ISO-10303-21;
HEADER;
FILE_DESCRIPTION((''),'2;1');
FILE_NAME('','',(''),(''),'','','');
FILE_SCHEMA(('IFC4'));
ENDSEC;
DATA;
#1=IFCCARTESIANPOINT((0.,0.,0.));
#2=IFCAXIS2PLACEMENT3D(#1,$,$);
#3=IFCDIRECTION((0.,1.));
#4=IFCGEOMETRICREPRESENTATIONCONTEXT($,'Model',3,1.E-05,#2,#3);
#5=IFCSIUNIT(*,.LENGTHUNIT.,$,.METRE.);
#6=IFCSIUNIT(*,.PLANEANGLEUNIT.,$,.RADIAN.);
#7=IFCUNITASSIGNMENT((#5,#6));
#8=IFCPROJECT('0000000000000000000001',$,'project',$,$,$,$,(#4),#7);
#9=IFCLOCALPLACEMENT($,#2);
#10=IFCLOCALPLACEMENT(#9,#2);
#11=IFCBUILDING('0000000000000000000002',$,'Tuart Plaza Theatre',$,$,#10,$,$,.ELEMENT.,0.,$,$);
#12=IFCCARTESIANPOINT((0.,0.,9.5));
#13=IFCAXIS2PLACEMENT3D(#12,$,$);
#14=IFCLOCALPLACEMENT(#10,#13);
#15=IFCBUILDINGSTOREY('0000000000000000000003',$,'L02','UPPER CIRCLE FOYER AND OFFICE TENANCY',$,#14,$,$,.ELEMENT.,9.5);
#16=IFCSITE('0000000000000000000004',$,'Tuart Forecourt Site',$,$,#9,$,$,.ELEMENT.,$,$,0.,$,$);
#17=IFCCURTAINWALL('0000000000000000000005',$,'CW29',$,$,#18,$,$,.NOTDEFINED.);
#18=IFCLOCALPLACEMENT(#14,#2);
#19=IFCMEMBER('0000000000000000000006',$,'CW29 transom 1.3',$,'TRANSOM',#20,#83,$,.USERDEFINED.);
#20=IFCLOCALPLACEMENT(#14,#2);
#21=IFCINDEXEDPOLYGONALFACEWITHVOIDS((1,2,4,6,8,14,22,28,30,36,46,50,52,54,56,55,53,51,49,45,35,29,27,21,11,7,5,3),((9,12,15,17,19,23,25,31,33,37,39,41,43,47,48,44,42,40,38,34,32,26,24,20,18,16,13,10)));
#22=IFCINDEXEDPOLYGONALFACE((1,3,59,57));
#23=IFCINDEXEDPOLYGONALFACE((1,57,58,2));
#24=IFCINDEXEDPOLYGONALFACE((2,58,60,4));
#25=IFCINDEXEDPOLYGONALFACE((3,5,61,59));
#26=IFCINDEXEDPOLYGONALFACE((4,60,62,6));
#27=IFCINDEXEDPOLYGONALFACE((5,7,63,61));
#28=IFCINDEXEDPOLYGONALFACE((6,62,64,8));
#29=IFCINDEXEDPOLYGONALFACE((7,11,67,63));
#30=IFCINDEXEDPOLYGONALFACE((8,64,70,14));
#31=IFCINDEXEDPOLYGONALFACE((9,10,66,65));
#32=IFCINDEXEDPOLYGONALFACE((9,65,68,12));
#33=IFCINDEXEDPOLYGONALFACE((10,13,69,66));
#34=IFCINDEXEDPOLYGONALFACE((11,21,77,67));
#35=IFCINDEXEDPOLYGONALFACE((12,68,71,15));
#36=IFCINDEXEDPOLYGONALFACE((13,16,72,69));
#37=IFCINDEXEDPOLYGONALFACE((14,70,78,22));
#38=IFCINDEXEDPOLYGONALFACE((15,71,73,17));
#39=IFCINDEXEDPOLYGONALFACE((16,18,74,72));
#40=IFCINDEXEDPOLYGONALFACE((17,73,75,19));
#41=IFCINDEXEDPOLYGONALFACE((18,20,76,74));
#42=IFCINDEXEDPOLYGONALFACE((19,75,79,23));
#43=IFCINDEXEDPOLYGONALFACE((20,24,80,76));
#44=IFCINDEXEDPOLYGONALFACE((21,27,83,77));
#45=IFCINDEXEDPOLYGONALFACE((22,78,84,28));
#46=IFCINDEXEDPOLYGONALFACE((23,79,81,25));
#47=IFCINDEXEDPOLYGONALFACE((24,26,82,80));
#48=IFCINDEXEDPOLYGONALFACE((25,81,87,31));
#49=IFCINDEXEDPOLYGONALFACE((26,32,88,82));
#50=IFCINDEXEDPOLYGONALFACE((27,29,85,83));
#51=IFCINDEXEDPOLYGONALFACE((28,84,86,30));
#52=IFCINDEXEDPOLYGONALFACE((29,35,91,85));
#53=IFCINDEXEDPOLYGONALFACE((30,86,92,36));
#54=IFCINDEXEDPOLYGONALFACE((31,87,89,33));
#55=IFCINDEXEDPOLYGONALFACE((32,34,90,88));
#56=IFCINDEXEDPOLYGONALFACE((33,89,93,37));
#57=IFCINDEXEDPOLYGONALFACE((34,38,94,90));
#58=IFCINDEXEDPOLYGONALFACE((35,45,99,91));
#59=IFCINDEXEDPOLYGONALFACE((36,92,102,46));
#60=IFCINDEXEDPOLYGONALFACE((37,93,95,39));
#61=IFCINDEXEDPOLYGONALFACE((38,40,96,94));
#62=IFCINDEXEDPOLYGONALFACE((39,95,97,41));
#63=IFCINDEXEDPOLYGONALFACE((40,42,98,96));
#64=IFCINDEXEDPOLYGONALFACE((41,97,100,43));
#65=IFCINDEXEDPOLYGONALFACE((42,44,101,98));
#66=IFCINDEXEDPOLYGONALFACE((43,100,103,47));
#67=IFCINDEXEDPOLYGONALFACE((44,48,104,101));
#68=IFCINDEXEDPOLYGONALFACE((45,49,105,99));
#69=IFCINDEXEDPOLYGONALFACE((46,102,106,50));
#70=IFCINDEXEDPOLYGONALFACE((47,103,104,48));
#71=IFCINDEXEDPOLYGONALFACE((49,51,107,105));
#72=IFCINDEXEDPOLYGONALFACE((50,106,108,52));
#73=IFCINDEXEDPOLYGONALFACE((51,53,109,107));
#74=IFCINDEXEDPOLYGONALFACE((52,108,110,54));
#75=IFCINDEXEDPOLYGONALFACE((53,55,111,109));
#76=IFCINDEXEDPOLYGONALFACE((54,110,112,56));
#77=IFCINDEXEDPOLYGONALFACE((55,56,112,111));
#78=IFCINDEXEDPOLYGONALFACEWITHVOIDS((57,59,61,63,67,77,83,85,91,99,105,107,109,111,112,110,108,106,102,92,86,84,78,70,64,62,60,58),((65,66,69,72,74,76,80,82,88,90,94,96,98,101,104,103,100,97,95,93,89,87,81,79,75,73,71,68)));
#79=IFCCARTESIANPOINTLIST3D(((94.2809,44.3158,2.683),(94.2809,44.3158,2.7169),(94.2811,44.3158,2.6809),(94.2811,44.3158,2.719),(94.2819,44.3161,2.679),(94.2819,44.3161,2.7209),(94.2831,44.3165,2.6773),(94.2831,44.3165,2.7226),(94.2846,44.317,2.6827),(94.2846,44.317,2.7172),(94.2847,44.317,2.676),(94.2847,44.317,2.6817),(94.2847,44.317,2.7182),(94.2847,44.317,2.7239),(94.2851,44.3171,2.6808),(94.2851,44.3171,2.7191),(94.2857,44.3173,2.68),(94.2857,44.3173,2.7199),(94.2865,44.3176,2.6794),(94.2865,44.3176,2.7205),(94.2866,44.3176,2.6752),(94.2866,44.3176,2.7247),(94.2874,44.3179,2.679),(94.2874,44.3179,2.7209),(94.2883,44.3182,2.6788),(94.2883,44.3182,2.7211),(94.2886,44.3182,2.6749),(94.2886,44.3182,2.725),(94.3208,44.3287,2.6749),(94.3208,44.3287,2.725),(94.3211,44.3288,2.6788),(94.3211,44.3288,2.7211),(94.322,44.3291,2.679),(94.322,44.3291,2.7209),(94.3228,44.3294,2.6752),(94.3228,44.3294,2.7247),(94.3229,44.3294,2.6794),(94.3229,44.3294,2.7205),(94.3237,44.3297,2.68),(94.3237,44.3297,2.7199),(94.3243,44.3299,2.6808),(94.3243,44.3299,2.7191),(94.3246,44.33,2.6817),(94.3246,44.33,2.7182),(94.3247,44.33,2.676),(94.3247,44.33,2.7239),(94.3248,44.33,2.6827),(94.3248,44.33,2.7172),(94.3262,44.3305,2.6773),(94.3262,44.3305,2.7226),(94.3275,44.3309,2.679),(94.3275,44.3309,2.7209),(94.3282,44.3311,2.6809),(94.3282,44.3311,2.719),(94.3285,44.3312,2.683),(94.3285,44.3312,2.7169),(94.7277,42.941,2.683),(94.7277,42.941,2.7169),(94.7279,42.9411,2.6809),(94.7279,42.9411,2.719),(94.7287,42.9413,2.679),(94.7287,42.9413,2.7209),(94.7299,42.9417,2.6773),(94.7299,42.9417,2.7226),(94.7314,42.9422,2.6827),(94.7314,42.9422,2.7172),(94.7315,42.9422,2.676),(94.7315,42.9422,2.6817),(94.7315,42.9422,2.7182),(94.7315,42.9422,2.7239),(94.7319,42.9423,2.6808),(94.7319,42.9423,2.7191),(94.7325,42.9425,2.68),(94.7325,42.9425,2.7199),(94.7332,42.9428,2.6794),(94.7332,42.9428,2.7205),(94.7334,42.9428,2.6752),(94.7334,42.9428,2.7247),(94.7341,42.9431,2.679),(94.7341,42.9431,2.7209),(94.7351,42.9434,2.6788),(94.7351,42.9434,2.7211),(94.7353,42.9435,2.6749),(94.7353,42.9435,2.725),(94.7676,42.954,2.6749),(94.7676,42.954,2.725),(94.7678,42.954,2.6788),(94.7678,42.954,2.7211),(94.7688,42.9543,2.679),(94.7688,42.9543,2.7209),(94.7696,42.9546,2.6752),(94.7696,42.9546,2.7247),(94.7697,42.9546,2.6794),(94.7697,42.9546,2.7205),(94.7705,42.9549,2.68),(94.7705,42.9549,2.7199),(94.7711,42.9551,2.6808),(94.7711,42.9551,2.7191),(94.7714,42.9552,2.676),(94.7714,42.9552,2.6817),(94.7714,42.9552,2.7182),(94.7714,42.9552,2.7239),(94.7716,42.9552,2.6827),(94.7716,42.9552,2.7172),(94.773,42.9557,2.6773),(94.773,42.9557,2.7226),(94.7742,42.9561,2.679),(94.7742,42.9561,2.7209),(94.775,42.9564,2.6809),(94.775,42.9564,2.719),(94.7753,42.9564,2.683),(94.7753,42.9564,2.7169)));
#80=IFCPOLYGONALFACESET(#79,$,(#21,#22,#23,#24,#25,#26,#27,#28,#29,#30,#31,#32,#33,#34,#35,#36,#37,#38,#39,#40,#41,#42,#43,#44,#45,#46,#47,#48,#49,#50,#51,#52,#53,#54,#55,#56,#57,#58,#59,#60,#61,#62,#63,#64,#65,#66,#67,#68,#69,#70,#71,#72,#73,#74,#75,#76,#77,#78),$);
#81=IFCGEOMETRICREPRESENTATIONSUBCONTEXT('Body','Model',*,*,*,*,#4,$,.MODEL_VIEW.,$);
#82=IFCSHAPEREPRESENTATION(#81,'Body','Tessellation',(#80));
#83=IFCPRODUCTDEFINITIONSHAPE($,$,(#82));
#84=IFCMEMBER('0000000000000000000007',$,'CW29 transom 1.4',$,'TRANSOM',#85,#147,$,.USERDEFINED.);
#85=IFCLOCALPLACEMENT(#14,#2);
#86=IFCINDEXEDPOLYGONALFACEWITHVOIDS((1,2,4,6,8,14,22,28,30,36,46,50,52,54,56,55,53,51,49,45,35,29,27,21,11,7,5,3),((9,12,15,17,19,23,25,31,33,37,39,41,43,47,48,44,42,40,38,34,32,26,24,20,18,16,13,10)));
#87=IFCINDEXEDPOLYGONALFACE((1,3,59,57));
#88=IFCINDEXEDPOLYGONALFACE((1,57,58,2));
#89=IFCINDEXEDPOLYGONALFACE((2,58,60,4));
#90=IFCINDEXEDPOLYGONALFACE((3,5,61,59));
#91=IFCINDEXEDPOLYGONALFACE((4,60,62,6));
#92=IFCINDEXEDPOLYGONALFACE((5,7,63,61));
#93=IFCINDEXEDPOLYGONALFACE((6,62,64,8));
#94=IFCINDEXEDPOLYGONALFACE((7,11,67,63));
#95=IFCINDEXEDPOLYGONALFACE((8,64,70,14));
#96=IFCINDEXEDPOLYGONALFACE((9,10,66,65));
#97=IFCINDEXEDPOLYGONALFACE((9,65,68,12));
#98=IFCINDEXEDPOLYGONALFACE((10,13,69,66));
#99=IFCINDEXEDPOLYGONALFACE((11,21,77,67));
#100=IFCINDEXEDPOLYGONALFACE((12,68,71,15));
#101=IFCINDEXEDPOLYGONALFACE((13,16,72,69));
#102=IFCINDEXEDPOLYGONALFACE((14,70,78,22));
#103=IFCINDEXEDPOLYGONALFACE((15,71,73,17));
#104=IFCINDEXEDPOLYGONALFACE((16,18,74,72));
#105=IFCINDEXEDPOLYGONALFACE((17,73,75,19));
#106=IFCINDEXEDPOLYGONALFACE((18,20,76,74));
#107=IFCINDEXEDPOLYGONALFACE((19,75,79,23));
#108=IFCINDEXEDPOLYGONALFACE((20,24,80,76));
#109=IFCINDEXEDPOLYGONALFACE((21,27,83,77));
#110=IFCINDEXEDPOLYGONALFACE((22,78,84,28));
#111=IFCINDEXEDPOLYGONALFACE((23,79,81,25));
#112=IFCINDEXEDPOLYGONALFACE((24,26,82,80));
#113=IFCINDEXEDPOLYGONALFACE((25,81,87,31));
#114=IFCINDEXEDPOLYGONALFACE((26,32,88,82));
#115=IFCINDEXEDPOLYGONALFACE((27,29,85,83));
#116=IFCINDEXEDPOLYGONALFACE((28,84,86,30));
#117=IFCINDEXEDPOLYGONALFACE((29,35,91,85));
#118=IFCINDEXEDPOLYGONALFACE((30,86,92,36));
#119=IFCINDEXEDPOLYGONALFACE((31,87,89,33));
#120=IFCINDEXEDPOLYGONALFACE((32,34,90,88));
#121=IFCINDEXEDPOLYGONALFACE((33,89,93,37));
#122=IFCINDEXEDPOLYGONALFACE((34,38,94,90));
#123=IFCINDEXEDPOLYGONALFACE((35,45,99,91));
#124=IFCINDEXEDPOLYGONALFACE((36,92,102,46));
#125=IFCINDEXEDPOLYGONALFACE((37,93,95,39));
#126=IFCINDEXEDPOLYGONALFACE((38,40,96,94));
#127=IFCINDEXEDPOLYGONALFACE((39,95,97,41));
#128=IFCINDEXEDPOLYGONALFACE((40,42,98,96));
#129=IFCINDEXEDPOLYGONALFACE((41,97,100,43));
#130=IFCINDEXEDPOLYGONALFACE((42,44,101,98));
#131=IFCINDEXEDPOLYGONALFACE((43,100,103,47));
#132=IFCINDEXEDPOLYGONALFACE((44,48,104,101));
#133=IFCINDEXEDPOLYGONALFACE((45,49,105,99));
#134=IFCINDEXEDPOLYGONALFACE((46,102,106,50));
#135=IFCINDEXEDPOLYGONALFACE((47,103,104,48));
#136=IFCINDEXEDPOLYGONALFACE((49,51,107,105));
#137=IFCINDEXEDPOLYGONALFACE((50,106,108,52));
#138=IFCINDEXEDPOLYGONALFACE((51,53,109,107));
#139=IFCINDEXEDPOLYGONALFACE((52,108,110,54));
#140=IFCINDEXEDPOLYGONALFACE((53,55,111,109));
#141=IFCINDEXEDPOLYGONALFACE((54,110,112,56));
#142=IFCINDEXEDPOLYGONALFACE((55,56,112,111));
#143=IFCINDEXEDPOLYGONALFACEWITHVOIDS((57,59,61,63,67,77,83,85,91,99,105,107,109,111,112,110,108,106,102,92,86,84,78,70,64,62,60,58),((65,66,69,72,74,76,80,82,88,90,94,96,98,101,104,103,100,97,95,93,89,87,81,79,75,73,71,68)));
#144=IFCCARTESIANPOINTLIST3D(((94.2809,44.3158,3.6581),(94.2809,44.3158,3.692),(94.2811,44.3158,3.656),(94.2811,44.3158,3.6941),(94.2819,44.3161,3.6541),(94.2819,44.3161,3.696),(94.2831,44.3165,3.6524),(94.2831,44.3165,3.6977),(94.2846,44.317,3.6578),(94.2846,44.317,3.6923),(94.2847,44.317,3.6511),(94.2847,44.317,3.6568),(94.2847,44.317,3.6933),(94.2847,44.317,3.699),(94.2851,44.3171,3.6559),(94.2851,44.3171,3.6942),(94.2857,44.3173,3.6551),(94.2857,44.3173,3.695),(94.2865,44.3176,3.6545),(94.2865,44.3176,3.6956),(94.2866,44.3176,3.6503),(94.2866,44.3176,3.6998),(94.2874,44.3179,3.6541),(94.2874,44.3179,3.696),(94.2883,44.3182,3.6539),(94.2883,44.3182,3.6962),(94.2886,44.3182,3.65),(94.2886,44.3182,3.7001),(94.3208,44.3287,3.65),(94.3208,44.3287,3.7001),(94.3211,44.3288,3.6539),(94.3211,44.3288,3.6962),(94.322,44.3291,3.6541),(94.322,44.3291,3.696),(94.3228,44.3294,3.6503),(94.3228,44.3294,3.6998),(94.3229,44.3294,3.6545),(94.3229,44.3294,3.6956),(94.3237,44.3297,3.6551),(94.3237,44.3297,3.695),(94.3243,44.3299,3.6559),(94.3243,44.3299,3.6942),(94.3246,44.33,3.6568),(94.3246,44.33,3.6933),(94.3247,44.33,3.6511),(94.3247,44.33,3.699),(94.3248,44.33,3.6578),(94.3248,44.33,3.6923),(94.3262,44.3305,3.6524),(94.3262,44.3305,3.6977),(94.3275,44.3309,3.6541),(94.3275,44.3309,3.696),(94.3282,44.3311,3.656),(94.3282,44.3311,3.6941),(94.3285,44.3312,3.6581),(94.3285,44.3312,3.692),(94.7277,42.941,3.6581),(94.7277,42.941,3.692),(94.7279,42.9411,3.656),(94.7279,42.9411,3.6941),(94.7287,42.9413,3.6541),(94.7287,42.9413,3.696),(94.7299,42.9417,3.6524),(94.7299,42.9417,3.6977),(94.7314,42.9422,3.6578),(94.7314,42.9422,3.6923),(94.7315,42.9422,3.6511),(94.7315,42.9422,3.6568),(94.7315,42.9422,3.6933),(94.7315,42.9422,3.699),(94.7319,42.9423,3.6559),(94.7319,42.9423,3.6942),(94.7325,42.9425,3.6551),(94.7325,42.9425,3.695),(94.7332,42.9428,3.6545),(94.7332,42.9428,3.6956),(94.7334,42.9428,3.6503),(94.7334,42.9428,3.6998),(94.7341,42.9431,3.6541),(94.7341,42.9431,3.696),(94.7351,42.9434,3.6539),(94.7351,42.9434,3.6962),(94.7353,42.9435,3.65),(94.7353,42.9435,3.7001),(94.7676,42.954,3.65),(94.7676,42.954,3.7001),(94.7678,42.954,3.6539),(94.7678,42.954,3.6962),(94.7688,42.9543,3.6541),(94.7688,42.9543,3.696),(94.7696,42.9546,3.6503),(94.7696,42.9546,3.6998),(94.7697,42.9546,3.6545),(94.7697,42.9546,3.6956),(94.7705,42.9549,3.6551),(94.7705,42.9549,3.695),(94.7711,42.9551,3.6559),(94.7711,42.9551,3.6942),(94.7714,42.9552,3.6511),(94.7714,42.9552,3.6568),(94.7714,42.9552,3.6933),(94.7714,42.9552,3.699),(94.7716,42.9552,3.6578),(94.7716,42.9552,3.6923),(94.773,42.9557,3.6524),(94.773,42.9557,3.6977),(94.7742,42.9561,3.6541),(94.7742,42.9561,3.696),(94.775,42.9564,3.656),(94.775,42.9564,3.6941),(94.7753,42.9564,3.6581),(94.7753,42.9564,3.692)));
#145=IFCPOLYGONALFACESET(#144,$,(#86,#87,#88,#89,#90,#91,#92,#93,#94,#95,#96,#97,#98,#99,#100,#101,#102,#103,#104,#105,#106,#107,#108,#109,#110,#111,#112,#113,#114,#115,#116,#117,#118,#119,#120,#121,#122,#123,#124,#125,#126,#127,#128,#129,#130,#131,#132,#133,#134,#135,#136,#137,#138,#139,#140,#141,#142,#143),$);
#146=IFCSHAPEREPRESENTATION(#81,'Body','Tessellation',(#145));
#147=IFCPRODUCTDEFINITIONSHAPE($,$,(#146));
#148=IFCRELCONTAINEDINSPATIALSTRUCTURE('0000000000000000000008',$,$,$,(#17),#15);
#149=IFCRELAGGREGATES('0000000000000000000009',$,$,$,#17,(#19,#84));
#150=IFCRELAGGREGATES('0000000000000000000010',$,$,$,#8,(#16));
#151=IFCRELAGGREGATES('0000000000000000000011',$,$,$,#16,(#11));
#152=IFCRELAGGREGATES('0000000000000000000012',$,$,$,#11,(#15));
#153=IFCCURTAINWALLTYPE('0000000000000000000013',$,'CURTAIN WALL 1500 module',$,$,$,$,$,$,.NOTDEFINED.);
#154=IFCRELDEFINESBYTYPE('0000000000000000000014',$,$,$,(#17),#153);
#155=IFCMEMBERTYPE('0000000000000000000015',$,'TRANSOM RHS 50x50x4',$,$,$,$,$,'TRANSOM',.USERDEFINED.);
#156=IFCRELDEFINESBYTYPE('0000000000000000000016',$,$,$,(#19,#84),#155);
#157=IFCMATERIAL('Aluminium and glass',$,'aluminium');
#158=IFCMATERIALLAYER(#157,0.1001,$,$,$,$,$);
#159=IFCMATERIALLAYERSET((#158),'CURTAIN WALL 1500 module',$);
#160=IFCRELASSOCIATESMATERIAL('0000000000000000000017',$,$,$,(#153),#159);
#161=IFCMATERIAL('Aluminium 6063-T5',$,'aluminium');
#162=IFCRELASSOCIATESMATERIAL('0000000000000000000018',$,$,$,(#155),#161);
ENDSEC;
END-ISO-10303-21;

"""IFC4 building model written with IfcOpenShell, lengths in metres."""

from ifc_helpers import new_model, si_unit, direction, frame, origin, origin_2d, place, context, subcontext, project, spatial, hollow_rectangle, extrude, material, layer, layer_set, material_profile, profile_set, type_object, element, aggregate, save


model = new_model("IFC4")

# Units and contexts
model_context = context("Model", 3, precision=1e-05, world=origin(), true_north=direction((0.0, 1.0)))
body_context = subcontext(model_context, "Body", "Model", "MODEL_VIEW")
ifc_project = project(units=[si_unit("LENGTHUNIT", "METRE"), si_unit("PLANEANGLEUNIT", "RADIAN")], contexts=[model_context])

# Site, building, storey
site_placement = place(None, origin())
site = spatial("IfcSite", under=ifc_project, at=site_placement, Name="Tuart Forecourt Site", CompositionType="ELEMENT", RefElevation=0.0)
building_placement = place(site_placement, origin())
building = spatial("IfcBuilding", under=site, at=building_placement, Name="Tuart Plaza Theatre", CompositionType="ELEMENT", ElevationOfRefHeight=0.0)
storey_placement = place(building_placement, frame((0.0, 0.0, 9.5)))
storey = spatial("IfcBuildingStorey", under=building, at=storey_placement, Name="L02", Description="UPPER CIRCLE FOYER AND OFFICE TENANCY", CompositionType="ELEMENT", Elevation=9.5)

# Curtain wall
ifc_material_1 = material(Name="Aluminium and glass", Category="aluminium")
ifc_layer_1 = layer(ifc_material_1, 0.1001)
ifc_layer_set_1 = layer_set([ifc_layer_1], Name="CURTAIN WALL 1500 module")
curtain_wall_type = type_object("IfcCurtainWallType", Name="CURTAIN WALL 1500 module", PredefinedType="NOTDEFINED", material=ifc_layer_set_1)
curtain_wall_1_placement = place(storey_placement, origin())
curtain_wall_1 = element("IfcCurtainWall", 1, at=curtain_wall_1_placement, inside=storey, type_object=curtain_wall_type, Name="CW29", PredefinedType="NOTDEFINED")

# Members
ifc_material_2 = material(Name="Aluminium 6063-T5", Category="aluminium")
ifc_material_profile_1 = material_profile(ifc_material_2, hollow_rectangle(XDim=0.05, YDim=0.05, WallThickness=0.0039, InnerFilletRadius=0.0039, OuterFilletRadius=0.0081, at=origin_2d()), Name="RHS 50x50x4")
ifc_profile_set_1 = profile_set([ifc_material_profile_1], Name="Aluminium 6063-T5")
member_type_1 = type_object("IfcMemberType", Name="TRANSOM RHS 50x50x4", ElementType="TRANSOM", PredefinedType="USERDEFINED", material=ifc_profile_set_1)
member_1_placement = place(storey_placement, frame((94.3047, 44.3235, 2.7), z_axis=(0.309075, -0.951038, 0.0), x_axis=(0.951038, 0.309075, 0.0)))
member_1 = element("IfcMember", 2, at=member_1_placement, type_object=member_type_1, Name="CW29 transom 1.3", ObjectType="TRANSOM", PredefinedType="USERDEFINED", context=body_context, shape_type="SweptSolid", body=[
    extrude(hollow_rectangle(XDim=0.05, YDim=0.05, WallThickness=0.0039, InnerFilletRadius=0.0039, OuterFilletRadius=0.0081, at=origin_2d()), origin(), (0.0, 0.0, 1.0), 1.4456),
])
member_2_placement = place(storey_placement, frame((94.3047, 44.3235, 3.675), z_axis=(0.309075, -0.951038, 0.0), x_axis=(0.951038, 0.309075, 0.0)))
member_2 = element("IfcMember", 3, at=member_2_placement, type_object=member_type_1, Name="CW29 transom 1.4", ObjectType="TRANSOM", PredefinedType="USERDEFINED", context=body_context, shape_type="SweptSolid", body=[
    extrude(hollow_rectangle(XDim=0.05, YDim=0.05, WallThickness=0.0039, InnerFilletRadius=0.0039, OuterFilletRadius=0.0081, at=origin_2d()), origin(), (0.0, 0.0, 1.0), 1.4456),
])

aggregate(curtain_wall_1, [member_1, member_2])

save(model, "model.ifc")
